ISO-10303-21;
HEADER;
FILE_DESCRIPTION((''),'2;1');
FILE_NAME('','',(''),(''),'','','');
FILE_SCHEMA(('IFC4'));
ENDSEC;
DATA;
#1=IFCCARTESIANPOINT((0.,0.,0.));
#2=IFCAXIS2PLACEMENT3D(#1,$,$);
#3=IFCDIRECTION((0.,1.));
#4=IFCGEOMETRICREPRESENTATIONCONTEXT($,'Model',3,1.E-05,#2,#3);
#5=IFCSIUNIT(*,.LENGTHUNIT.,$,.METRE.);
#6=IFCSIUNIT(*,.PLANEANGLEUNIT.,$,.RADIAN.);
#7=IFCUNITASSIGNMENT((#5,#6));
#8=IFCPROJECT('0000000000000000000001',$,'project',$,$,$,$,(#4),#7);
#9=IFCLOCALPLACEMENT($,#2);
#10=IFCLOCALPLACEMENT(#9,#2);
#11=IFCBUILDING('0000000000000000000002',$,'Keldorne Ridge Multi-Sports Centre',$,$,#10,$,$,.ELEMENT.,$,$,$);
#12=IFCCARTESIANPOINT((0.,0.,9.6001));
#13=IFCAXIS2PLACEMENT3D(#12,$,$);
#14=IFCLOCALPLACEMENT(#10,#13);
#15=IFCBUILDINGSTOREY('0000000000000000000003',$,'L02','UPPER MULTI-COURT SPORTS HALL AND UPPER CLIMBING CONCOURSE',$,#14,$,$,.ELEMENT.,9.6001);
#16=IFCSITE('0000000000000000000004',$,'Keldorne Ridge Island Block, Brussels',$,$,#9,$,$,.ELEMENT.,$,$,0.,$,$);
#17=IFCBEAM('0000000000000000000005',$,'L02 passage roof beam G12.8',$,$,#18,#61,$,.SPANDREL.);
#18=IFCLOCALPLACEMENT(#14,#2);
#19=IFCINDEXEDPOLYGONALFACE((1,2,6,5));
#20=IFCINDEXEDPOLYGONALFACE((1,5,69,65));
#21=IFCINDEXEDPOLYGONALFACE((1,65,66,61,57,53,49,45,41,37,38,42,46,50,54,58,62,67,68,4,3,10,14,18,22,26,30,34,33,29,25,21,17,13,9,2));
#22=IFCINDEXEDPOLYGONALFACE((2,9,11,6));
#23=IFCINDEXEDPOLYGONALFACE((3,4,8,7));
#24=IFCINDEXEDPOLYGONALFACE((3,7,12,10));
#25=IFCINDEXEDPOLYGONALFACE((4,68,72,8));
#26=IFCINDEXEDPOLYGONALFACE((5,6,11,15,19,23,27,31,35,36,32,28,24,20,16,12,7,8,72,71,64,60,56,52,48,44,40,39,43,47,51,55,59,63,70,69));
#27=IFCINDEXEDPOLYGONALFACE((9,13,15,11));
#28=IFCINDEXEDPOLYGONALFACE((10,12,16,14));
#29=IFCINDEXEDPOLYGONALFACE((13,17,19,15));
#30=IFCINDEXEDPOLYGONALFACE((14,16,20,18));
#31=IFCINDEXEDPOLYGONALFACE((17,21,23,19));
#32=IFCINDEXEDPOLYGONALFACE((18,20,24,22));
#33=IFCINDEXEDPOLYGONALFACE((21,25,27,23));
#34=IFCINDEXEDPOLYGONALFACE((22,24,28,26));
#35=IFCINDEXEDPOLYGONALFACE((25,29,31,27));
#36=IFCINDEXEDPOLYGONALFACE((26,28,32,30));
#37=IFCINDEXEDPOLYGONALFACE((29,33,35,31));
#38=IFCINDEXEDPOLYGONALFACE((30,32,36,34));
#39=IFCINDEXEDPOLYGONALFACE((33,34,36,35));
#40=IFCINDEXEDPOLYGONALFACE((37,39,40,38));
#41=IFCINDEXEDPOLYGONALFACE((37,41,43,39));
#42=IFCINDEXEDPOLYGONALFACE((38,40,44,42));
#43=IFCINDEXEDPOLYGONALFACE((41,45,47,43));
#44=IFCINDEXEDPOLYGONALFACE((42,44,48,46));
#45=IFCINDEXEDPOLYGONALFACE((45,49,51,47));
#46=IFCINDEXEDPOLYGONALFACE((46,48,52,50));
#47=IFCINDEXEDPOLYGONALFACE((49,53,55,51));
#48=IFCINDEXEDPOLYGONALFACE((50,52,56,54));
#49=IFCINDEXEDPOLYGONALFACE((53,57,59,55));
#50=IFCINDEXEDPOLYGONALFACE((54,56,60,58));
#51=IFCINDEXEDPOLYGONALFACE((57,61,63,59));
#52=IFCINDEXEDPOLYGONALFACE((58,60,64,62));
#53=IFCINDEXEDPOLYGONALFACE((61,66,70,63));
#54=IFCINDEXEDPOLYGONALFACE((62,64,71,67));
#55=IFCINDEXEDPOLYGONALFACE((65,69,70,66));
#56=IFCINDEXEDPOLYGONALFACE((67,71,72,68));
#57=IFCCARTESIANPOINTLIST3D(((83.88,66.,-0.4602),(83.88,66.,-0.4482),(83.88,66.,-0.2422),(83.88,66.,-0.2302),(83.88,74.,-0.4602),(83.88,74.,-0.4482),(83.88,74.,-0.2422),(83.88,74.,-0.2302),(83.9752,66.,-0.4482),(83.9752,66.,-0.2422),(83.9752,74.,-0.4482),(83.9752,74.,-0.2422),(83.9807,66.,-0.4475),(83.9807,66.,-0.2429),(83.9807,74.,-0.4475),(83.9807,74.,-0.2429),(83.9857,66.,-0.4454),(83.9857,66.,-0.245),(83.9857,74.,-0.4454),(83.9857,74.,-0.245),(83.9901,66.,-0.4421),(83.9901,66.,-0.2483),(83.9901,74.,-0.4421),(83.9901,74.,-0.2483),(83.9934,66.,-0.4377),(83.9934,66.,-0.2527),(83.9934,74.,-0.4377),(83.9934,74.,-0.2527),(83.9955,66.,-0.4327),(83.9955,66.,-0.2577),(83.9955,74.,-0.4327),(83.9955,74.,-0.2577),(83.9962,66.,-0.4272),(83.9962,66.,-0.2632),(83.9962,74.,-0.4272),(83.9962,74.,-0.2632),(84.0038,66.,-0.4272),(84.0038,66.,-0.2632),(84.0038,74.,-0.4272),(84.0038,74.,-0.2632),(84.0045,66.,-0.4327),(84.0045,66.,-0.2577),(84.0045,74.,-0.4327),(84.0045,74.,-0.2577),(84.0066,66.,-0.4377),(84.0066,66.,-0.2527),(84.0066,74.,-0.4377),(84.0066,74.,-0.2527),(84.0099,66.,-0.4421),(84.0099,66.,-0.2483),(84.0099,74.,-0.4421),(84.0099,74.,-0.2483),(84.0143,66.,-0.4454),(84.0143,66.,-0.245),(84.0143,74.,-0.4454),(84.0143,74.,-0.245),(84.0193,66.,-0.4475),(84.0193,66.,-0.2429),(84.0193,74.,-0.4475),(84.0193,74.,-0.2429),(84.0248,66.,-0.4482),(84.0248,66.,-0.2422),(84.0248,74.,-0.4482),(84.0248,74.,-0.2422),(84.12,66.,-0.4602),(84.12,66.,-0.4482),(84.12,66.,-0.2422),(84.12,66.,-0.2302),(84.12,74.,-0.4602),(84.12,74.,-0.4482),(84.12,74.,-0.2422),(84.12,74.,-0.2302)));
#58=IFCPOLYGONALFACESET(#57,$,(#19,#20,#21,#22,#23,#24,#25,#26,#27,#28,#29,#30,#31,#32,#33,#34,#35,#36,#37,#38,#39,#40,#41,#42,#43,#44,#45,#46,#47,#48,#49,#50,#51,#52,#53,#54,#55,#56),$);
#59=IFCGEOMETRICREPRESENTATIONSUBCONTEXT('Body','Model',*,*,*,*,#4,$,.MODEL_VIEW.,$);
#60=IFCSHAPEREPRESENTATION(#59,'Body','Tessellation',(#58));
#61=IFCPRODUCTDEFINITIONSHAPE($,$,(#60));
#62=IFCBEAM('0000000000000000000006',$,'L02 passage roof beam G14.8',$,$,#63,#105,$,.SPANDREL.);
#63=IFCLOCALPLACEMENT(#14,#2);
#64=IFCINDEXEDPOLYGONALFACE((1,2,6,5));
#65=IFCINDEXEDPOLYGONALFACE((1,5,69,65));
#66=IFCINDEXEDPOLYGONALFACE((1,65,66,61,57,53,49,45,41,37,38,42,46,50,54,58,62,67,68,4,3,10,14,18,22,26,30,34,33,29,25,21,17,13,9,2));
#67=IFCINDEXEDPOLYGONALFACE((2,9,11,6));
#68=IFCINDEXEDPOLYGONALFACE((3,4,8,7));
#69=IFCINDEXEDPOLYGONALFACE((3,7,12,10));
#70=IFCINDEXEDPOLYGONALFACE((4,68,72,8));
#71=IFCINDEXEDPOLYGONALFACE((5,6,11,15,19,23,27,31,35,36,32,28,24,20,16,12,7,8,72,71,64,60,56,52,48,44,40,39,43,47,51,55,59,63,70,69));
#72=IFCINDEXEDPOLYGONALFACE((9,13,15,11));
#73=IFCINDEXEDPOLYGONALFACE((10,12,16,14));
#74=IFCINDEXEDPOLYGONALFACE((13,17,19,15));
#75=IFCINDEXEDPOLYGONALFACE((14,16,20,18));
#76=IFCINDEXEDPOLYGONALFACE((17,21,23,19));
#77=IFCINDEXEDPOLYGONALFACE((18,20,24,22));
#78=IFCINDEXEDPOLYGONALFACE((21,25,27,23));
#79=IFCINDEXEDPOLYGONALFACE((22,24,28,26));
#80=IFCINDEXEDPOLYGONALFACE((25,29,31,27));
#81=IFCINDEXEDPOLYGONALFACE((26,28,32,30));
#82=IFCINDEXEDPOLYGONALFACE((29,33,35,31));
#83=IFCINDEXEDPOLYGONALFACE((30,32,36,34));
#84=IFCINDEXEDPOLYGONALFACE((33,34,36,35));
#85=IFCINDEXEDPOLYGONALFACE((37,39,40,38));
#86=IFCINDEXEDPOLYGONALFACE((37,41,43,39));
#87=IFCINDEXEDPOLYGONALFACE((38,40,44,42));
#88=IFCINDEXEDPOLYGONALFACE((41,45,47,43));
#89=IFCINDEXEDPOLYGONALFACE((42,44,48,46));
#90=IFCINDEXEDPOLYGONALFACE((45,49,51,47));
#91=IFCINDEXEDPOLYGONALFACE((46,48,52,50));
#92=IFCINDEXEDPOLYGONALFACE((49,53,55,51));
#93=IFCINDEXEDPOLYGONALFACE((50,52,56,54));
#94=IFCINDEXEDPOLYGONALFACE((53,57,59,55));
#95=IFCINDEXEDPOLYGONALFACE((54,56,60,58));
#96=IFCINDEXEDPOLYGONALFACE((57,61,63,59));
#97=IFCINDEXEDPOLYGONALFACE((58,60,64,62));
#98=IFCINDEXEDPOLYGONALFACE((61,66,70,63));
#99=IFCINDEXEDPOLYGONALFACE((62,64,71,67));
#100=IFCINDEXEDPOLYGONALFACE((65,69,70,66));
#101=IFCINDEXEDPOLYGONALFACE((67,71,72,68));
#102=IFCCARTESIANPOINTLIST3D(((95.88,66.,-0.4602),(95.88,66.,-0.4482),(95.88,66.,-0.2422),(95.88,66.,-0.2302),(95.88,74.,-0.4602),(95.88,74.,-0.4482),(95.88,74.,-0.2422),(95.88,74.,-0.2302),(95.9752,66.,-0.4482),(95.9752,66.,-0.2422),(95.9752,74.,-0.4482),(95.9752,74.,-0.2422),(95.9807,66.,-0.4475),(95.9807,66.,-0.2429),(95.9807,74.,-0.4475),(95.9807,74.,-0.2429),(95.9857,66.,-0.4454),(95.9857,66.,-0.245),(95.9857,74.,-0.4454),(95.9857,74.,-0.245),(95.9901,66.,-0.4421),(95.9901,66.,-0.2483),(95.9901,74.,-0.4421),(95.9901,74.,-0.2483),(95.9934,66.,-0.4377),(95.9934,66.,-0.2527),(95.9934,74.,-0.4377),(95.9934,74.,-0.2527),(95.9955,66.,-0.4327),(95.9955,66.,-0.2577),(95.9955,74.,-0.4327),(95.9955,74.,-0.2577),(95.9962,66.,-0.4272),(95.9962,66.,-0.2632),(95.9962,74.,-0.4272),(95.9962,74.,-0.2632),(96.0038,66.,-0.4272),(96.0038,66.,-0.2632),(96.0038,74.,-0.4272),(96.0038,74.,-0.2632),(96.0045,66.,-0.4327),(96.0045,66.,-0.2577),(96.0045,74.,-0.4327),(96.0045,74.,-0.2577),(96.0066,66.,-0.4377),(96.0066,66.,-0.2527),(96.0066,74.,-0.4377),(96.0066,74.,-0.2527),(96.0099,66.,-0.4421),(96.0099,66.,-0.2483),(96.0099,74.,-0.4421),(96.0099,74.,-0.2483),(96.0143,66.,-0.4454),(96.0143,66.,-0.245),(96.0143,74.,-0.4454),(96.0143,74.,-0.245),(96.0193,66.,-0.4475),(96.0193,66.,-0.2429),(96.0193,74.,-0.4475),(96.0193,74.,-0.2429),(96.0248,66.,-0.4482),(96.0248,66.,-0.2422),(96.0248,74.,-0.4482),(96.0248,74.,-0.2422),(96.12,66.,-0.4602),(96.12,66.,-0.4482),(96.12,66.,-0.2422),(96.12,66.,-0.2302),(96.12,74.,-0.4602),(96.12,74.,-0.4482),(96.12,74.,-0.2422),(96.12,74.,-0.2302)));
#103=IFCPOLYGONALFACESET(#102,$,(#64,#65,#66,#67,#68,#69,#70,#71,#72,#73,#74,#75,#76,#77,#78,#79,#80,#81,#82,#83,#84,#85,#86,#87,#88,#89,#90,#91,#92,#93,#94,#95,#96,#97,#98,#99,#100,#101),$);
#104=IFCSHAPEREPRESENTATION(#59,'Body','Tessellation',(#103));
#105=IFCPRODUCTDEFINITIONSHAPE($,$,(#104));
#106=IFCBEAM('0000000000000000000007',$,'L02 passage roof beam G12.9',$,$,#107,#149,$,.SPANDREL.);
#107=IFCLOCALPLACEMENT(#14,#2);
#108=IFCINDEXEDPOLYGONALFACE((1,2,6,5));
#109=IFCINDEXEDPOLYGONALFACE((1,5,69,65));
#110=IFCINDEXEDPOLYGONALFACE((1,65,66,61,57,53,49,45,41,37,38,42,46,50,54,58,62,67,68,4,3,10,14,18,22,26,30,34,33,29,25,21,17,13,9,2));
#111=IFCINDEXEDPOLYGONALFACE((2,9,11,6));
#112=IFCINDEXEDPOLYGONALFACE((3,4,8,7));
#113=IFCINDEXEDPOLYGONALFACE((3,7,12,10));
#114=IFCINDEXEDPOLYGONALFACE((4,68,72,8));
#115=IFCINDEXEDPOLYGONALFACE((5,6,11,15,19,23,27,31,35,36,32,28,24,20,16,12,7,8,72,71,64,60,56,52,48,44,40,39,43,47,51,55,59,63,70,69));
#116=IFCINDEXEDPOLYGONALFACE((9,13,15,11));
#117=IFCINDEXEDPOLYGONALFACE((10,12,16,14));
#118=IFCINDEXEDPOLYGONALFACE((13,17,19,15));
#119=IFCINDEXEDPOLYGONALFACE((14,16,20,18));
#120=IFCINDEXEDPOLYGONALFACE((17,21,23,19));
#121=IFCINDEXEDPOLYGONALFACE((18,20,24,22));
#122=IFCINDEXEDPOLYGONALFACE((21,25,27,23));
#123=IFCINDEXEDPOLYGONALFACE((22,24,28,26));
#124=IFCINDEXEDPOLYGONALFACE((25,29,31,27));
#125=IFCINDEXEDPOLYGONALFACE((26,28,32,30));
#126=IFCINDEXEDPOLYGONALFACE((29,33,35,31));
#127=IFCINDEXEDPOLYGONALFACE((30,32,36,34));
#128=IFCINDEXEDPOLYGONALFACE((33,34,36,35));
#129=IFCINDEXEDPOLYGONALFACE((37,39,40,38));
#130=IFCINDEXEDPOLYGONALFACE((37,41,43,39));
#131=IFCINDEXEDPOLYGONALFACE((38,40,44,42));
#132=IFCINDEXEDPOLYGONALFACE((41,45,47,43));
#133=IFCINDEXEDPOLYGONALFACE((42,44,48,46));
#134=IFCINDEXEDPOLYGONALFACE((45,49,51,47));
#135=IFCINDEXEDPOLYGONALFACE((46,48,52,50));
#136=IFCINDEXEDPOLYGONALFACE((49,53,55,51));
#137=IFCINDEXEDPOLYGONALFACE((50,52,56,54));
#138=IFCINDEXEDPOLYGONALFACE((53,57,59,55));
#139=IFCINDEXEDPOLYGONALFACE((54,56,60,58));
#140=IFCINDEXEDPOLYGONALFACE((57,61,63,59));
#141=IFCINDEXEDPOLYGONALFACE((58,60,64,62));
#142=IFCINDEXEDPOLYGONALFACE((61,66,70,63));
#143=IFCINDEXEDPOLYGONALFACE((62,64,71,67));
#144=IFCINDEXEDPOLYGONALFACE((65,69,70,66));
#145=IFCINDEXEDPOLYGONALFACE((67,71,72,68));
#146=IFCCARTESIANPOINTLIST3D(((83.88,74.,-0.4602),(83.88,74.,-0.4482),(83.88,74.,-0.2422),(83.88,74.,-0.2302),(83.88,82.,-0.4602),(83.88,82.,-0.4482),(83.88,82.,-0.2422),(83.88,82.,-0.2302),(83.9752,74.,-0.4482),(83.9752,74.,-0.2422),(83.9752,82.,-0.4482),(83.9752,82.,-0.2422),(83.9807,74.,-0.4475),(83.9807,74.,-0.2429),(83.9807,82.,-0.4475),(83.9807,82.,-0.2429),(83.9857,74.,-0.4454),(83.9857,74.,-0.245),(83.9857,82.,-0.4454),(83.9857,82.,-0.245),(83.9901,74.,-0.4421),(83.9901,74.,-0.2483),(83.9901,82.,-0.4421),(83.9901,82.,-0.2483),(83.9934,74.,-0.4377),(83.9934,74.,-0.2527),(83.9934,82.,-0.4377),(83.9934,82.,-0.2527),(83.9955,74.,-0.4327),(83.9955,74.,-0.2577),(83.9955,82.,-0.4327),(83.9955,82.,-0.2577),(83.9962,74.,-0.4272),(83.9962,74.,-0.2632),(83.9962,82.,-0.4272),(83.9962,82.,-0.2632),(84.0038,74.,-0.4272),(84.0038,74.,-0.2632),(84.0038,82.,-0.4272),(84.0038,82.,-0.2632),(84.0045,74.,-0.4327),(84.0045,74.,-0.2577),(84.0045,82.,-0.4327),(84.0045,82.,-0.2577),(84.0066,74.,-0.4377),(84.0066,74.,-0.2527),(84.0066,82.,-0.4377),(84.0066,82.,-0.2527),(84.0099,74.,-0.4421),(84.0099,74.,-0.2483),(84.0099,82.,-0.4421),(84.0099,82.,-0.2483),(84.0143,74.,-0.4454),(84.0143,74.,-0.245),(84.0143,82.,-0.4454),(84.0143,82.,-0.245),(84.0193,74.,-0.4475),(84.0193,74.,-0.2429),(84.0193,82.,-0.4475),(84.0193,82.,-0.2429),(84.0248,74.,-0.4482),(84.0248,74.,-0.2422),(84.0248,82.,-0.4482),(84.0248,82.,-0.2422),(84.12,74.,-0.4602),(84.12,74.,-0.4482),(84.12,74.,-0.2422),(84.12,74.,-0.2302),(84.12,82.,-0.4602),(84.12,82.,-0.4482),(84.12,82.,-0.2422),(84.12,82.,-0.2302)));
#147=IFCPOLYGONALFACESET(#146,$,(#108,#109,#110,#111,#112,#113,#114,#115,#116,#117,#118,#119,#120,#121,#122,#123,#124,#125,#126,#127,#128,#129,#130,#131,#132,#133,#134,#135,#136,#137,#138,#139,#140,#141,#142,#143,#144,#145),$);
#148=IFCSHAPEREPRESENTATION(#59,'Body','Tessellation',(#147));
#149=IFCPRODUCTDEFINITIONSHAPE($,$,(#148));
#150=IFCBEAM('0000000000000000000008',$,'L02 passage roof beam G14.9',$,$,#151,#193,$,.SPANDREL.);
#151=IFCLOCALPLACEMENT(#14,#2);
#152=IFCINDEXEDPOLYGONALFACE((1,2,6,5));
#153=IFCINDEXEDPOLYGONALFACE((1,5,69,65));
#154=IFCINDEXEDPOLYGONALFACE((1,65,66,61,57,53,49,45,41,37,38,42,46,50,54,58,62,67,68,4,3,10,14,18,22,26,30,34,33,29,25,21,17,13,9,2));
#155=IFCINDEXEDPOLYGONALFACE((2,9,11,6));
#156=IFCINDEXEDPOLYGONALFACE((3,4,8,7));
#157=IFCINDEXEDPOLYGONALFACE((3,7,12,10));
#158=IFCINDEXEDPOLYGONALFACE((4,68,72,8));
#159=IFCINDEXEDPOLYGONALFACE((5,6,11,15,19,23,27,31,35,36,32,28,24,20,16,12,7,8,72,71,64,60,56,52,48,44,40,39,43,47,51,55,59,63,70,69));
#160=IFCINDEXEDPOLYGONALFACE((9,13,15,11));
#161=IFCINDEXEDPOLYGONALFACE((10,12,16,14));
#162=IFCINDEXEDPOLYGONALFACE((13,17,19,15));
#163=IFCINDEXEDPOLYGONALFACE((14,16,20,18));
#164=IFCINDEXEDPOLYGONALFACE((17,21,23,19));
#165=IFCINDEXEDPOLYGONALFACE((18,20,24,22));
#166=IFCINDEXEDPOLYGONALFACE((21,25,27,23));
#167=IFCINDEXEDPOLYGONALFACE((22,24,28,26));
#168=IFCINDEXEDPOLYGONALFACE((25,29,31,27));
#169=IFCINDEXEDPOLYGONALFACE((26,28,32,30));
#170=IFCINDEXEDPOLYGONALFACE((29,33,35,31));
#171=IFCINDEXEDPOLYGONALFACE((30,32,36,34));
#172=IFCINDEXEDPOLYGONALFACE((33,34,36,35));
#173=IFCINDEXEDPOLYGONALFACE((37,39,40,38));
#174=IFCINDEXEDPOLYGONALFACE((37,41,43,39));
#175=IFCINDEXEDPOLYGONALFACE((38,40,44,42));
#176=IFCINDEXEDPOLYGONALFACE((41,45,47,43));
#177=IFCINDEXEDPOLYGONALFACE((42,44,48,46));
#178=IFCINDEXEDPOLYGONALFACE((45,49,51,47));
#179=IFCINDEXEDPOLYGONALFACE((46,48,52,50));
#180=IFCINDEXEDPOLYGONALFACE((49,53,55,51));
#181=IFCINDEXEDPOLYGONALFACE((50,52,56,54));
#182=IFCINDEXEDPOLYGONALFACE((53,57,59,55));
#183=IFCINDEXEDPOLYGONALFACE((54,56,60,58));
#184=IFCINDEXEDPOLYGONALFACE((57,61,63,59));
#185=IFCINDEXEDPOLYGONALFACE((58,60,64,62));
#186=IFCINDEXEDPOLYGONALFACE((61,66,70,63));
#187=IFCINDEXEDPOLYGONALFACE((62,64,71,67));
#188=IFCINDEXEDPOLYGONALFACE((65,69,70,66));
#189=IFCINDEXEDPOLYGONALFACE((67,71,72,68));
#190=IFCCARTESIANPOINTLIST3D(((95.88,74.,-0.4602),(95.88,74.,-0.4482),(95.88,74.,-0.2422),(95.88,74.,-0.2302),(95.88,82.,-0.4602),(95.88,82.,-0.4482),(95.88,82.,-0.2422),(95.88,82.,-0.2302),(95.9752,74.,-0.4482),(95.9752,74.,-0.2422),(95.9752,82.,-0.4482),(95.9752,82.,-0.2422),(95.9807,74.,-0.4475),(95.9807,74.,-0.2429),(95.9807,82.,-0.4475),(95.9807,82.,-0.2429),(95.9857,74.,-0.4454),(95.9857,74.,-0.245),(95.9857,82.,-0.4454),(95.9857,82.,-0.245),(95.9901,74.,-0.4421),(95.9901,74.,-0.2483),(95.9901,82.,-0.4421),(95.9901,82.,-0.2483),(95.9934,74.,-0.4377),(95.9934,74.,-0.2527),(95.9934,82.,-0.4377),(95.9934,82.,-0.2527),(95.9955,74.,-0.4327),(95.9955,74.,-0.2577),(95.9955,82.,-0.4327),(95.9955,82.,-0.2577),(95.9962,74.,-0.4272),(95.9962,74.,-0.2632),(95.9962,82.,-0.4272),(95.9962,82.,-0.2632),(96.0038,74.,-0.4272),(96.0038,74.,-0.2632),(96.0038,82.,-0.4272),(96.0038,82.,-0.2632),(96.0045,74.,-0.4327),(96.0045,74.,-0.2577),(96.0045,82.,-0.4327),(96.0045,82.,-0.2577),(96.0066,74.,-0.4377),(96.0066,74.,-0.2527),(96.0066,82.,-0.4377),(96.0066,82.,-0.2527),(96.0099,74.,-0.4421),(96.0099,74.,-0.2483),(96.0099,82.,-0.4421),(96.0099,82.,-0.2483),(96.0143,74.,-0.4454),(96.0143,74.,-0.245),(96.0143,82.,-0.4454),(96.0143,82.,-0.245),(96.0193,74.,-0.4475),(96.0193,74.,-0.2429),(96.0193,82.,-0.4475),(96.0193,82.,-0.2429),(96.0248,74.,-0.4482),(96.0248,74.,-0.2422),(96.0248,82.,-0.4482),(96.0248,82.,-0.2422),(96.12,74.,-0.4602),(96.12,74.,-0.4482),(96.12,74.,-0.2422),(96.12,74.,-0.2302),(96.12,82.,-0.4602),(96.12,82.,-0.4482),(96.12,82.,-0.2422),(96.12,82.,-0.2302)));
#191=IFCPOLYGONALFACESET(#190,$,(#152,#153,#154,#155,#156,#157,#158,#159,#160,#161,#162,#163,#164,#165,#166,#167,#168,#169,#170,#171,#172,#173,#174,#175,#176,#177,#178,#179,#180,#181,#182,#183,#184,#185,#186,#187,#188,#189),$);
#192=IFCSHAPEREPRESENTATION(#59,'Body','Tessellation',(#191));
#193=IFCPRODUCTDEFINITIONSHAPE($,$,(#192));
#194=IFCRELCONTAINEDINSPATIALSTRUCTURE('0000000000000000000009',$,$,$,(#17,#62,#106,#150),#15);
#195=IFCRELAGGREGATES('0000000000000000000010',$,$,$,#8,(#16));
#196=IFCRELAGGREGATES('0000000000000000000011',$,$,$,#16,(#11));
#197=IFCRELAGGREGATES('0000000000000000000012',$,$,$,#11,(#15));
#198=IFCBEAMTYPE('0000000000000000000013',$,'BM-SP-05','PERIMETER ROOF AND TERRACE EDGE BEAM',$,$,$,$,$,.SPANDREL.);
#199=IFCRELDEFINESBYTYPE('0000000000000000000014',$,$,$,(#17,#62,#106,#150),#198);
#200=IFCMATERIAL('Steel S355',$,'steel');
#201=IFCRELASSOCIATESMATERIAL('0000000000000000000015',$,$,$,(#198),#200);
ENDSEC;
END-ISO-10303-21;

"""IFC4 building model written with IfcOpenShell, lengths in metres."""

from ifc_helpers import new_model, si_unit, direction, frame, origin, origin_2d, place, context, subcontext, project, spatial, i_section, extrude, material, material_profile, profile_set, type_object, element, save


model = new_model("IFC4")

# Units and contexts
model_context = context("Model", 3, precision=1e-05, world=origin(), true_north=direction((0.0, 1.0)))
body_context = subcontext(model_context, "Body", "Model", "MODEL_VIEW")
ifc_project = project(units=[si_unit("LENGTHUNIT", "METRE"), si_unit("PLANEANGLEUNIT", "RADIAN")], contexts=[model_context])

# Site, building, storey
site_placement = place(None, origin())
site = spatial("IfcSite", under=ifc_project, at=site_placement, Name="Keldorne Ridge Island Block, Brussels", CompositionType="ELEMENT", RefElevation=0.0)
building_placement = place(site_placement, origin())
building = spatial("IfcBuilding", under=site, at=building_placement, Name="Keldorne Ridge Multi-Sports Centre", CompositionType="ELEMENT")
storey_placement = place(building_placement, frame((0.0, 0.0, 9.6001)))
storey = spatial("IfcBuildingStorey", under=building, at=storey_placement, Name="L02", Description="UPPER MULTI-COURT SPORTS HALL AND UPPER CLIMBING CONCOURSE", CompositionType="ELEMENT", Elevation=9.6001)

# Shared definitions
ifc_material = material(Name="Steel S355", Category="steel")

# Beams
ifc_material_profile_1 = material_profile(ifc_material, i_section(OverallWidth=0.24, OverallDepth=0.23, WebThickness=0.0076, FlangeThickness=0.012, FilletRadius=0.021, at=origin_2d()), Name="HEA 240")
ifc_profile_set_1 = profile_set([ifc_material_profile_1], Name="Steel S355")
beam_type_1 = type_object("IfcBeamType", Name="BM-SP-05", Description="PERIMETER ROOF AND TERRACE EDGE BEAM", PredefinedType="SPANDREL", material=ifc_profile_set_1)
for number, where, z_axis, x_axis, name in (
    (1, (84.0, 66.0, -0.3452), (0.0, 1.0, 0.0), (-1.0, 0.0, 0.0), "L02 passage roof beam G12.8"),
    (2, (96.0, 66.0, -0.3452), (0.0, 1.0, 0.0), (-1.0, 0.0, 0.0), "L02 passage roof beam G14.8"),
    (3, (84.0, 74.0, -0.3452), (0.0, 1.0, 0.0), (-1.0, 0.0, 0.0), "L02 passage roof beam G12.9"),
    (4, (96.0, 74.0, -0.3452), (0.0, 1.0, 0.0), (-1.0, 0.0, 0.0), "L02 passage roof beam G14.9"),
):
    element("IfcBeam", number, at=place(storey_placement, frame(where, z_axis=z_axis, x_axis=x_axis)), inside=storey, type_object=beam_type_1, Name=name, PredefinedType="SPANDREL", context=body_context, shape_type="SweptSolid", body=[
        extrude(i_section(OverallWidth=0.24, OverallDepth=0.23, WebThickness=0.0076, FlangeThickness=0.012, FilletRadius=0.021, at=origin_2d()), origin(), (0.0, 0.0, 1.0), 8.0),
    ])

save(model, "model.ifc")
